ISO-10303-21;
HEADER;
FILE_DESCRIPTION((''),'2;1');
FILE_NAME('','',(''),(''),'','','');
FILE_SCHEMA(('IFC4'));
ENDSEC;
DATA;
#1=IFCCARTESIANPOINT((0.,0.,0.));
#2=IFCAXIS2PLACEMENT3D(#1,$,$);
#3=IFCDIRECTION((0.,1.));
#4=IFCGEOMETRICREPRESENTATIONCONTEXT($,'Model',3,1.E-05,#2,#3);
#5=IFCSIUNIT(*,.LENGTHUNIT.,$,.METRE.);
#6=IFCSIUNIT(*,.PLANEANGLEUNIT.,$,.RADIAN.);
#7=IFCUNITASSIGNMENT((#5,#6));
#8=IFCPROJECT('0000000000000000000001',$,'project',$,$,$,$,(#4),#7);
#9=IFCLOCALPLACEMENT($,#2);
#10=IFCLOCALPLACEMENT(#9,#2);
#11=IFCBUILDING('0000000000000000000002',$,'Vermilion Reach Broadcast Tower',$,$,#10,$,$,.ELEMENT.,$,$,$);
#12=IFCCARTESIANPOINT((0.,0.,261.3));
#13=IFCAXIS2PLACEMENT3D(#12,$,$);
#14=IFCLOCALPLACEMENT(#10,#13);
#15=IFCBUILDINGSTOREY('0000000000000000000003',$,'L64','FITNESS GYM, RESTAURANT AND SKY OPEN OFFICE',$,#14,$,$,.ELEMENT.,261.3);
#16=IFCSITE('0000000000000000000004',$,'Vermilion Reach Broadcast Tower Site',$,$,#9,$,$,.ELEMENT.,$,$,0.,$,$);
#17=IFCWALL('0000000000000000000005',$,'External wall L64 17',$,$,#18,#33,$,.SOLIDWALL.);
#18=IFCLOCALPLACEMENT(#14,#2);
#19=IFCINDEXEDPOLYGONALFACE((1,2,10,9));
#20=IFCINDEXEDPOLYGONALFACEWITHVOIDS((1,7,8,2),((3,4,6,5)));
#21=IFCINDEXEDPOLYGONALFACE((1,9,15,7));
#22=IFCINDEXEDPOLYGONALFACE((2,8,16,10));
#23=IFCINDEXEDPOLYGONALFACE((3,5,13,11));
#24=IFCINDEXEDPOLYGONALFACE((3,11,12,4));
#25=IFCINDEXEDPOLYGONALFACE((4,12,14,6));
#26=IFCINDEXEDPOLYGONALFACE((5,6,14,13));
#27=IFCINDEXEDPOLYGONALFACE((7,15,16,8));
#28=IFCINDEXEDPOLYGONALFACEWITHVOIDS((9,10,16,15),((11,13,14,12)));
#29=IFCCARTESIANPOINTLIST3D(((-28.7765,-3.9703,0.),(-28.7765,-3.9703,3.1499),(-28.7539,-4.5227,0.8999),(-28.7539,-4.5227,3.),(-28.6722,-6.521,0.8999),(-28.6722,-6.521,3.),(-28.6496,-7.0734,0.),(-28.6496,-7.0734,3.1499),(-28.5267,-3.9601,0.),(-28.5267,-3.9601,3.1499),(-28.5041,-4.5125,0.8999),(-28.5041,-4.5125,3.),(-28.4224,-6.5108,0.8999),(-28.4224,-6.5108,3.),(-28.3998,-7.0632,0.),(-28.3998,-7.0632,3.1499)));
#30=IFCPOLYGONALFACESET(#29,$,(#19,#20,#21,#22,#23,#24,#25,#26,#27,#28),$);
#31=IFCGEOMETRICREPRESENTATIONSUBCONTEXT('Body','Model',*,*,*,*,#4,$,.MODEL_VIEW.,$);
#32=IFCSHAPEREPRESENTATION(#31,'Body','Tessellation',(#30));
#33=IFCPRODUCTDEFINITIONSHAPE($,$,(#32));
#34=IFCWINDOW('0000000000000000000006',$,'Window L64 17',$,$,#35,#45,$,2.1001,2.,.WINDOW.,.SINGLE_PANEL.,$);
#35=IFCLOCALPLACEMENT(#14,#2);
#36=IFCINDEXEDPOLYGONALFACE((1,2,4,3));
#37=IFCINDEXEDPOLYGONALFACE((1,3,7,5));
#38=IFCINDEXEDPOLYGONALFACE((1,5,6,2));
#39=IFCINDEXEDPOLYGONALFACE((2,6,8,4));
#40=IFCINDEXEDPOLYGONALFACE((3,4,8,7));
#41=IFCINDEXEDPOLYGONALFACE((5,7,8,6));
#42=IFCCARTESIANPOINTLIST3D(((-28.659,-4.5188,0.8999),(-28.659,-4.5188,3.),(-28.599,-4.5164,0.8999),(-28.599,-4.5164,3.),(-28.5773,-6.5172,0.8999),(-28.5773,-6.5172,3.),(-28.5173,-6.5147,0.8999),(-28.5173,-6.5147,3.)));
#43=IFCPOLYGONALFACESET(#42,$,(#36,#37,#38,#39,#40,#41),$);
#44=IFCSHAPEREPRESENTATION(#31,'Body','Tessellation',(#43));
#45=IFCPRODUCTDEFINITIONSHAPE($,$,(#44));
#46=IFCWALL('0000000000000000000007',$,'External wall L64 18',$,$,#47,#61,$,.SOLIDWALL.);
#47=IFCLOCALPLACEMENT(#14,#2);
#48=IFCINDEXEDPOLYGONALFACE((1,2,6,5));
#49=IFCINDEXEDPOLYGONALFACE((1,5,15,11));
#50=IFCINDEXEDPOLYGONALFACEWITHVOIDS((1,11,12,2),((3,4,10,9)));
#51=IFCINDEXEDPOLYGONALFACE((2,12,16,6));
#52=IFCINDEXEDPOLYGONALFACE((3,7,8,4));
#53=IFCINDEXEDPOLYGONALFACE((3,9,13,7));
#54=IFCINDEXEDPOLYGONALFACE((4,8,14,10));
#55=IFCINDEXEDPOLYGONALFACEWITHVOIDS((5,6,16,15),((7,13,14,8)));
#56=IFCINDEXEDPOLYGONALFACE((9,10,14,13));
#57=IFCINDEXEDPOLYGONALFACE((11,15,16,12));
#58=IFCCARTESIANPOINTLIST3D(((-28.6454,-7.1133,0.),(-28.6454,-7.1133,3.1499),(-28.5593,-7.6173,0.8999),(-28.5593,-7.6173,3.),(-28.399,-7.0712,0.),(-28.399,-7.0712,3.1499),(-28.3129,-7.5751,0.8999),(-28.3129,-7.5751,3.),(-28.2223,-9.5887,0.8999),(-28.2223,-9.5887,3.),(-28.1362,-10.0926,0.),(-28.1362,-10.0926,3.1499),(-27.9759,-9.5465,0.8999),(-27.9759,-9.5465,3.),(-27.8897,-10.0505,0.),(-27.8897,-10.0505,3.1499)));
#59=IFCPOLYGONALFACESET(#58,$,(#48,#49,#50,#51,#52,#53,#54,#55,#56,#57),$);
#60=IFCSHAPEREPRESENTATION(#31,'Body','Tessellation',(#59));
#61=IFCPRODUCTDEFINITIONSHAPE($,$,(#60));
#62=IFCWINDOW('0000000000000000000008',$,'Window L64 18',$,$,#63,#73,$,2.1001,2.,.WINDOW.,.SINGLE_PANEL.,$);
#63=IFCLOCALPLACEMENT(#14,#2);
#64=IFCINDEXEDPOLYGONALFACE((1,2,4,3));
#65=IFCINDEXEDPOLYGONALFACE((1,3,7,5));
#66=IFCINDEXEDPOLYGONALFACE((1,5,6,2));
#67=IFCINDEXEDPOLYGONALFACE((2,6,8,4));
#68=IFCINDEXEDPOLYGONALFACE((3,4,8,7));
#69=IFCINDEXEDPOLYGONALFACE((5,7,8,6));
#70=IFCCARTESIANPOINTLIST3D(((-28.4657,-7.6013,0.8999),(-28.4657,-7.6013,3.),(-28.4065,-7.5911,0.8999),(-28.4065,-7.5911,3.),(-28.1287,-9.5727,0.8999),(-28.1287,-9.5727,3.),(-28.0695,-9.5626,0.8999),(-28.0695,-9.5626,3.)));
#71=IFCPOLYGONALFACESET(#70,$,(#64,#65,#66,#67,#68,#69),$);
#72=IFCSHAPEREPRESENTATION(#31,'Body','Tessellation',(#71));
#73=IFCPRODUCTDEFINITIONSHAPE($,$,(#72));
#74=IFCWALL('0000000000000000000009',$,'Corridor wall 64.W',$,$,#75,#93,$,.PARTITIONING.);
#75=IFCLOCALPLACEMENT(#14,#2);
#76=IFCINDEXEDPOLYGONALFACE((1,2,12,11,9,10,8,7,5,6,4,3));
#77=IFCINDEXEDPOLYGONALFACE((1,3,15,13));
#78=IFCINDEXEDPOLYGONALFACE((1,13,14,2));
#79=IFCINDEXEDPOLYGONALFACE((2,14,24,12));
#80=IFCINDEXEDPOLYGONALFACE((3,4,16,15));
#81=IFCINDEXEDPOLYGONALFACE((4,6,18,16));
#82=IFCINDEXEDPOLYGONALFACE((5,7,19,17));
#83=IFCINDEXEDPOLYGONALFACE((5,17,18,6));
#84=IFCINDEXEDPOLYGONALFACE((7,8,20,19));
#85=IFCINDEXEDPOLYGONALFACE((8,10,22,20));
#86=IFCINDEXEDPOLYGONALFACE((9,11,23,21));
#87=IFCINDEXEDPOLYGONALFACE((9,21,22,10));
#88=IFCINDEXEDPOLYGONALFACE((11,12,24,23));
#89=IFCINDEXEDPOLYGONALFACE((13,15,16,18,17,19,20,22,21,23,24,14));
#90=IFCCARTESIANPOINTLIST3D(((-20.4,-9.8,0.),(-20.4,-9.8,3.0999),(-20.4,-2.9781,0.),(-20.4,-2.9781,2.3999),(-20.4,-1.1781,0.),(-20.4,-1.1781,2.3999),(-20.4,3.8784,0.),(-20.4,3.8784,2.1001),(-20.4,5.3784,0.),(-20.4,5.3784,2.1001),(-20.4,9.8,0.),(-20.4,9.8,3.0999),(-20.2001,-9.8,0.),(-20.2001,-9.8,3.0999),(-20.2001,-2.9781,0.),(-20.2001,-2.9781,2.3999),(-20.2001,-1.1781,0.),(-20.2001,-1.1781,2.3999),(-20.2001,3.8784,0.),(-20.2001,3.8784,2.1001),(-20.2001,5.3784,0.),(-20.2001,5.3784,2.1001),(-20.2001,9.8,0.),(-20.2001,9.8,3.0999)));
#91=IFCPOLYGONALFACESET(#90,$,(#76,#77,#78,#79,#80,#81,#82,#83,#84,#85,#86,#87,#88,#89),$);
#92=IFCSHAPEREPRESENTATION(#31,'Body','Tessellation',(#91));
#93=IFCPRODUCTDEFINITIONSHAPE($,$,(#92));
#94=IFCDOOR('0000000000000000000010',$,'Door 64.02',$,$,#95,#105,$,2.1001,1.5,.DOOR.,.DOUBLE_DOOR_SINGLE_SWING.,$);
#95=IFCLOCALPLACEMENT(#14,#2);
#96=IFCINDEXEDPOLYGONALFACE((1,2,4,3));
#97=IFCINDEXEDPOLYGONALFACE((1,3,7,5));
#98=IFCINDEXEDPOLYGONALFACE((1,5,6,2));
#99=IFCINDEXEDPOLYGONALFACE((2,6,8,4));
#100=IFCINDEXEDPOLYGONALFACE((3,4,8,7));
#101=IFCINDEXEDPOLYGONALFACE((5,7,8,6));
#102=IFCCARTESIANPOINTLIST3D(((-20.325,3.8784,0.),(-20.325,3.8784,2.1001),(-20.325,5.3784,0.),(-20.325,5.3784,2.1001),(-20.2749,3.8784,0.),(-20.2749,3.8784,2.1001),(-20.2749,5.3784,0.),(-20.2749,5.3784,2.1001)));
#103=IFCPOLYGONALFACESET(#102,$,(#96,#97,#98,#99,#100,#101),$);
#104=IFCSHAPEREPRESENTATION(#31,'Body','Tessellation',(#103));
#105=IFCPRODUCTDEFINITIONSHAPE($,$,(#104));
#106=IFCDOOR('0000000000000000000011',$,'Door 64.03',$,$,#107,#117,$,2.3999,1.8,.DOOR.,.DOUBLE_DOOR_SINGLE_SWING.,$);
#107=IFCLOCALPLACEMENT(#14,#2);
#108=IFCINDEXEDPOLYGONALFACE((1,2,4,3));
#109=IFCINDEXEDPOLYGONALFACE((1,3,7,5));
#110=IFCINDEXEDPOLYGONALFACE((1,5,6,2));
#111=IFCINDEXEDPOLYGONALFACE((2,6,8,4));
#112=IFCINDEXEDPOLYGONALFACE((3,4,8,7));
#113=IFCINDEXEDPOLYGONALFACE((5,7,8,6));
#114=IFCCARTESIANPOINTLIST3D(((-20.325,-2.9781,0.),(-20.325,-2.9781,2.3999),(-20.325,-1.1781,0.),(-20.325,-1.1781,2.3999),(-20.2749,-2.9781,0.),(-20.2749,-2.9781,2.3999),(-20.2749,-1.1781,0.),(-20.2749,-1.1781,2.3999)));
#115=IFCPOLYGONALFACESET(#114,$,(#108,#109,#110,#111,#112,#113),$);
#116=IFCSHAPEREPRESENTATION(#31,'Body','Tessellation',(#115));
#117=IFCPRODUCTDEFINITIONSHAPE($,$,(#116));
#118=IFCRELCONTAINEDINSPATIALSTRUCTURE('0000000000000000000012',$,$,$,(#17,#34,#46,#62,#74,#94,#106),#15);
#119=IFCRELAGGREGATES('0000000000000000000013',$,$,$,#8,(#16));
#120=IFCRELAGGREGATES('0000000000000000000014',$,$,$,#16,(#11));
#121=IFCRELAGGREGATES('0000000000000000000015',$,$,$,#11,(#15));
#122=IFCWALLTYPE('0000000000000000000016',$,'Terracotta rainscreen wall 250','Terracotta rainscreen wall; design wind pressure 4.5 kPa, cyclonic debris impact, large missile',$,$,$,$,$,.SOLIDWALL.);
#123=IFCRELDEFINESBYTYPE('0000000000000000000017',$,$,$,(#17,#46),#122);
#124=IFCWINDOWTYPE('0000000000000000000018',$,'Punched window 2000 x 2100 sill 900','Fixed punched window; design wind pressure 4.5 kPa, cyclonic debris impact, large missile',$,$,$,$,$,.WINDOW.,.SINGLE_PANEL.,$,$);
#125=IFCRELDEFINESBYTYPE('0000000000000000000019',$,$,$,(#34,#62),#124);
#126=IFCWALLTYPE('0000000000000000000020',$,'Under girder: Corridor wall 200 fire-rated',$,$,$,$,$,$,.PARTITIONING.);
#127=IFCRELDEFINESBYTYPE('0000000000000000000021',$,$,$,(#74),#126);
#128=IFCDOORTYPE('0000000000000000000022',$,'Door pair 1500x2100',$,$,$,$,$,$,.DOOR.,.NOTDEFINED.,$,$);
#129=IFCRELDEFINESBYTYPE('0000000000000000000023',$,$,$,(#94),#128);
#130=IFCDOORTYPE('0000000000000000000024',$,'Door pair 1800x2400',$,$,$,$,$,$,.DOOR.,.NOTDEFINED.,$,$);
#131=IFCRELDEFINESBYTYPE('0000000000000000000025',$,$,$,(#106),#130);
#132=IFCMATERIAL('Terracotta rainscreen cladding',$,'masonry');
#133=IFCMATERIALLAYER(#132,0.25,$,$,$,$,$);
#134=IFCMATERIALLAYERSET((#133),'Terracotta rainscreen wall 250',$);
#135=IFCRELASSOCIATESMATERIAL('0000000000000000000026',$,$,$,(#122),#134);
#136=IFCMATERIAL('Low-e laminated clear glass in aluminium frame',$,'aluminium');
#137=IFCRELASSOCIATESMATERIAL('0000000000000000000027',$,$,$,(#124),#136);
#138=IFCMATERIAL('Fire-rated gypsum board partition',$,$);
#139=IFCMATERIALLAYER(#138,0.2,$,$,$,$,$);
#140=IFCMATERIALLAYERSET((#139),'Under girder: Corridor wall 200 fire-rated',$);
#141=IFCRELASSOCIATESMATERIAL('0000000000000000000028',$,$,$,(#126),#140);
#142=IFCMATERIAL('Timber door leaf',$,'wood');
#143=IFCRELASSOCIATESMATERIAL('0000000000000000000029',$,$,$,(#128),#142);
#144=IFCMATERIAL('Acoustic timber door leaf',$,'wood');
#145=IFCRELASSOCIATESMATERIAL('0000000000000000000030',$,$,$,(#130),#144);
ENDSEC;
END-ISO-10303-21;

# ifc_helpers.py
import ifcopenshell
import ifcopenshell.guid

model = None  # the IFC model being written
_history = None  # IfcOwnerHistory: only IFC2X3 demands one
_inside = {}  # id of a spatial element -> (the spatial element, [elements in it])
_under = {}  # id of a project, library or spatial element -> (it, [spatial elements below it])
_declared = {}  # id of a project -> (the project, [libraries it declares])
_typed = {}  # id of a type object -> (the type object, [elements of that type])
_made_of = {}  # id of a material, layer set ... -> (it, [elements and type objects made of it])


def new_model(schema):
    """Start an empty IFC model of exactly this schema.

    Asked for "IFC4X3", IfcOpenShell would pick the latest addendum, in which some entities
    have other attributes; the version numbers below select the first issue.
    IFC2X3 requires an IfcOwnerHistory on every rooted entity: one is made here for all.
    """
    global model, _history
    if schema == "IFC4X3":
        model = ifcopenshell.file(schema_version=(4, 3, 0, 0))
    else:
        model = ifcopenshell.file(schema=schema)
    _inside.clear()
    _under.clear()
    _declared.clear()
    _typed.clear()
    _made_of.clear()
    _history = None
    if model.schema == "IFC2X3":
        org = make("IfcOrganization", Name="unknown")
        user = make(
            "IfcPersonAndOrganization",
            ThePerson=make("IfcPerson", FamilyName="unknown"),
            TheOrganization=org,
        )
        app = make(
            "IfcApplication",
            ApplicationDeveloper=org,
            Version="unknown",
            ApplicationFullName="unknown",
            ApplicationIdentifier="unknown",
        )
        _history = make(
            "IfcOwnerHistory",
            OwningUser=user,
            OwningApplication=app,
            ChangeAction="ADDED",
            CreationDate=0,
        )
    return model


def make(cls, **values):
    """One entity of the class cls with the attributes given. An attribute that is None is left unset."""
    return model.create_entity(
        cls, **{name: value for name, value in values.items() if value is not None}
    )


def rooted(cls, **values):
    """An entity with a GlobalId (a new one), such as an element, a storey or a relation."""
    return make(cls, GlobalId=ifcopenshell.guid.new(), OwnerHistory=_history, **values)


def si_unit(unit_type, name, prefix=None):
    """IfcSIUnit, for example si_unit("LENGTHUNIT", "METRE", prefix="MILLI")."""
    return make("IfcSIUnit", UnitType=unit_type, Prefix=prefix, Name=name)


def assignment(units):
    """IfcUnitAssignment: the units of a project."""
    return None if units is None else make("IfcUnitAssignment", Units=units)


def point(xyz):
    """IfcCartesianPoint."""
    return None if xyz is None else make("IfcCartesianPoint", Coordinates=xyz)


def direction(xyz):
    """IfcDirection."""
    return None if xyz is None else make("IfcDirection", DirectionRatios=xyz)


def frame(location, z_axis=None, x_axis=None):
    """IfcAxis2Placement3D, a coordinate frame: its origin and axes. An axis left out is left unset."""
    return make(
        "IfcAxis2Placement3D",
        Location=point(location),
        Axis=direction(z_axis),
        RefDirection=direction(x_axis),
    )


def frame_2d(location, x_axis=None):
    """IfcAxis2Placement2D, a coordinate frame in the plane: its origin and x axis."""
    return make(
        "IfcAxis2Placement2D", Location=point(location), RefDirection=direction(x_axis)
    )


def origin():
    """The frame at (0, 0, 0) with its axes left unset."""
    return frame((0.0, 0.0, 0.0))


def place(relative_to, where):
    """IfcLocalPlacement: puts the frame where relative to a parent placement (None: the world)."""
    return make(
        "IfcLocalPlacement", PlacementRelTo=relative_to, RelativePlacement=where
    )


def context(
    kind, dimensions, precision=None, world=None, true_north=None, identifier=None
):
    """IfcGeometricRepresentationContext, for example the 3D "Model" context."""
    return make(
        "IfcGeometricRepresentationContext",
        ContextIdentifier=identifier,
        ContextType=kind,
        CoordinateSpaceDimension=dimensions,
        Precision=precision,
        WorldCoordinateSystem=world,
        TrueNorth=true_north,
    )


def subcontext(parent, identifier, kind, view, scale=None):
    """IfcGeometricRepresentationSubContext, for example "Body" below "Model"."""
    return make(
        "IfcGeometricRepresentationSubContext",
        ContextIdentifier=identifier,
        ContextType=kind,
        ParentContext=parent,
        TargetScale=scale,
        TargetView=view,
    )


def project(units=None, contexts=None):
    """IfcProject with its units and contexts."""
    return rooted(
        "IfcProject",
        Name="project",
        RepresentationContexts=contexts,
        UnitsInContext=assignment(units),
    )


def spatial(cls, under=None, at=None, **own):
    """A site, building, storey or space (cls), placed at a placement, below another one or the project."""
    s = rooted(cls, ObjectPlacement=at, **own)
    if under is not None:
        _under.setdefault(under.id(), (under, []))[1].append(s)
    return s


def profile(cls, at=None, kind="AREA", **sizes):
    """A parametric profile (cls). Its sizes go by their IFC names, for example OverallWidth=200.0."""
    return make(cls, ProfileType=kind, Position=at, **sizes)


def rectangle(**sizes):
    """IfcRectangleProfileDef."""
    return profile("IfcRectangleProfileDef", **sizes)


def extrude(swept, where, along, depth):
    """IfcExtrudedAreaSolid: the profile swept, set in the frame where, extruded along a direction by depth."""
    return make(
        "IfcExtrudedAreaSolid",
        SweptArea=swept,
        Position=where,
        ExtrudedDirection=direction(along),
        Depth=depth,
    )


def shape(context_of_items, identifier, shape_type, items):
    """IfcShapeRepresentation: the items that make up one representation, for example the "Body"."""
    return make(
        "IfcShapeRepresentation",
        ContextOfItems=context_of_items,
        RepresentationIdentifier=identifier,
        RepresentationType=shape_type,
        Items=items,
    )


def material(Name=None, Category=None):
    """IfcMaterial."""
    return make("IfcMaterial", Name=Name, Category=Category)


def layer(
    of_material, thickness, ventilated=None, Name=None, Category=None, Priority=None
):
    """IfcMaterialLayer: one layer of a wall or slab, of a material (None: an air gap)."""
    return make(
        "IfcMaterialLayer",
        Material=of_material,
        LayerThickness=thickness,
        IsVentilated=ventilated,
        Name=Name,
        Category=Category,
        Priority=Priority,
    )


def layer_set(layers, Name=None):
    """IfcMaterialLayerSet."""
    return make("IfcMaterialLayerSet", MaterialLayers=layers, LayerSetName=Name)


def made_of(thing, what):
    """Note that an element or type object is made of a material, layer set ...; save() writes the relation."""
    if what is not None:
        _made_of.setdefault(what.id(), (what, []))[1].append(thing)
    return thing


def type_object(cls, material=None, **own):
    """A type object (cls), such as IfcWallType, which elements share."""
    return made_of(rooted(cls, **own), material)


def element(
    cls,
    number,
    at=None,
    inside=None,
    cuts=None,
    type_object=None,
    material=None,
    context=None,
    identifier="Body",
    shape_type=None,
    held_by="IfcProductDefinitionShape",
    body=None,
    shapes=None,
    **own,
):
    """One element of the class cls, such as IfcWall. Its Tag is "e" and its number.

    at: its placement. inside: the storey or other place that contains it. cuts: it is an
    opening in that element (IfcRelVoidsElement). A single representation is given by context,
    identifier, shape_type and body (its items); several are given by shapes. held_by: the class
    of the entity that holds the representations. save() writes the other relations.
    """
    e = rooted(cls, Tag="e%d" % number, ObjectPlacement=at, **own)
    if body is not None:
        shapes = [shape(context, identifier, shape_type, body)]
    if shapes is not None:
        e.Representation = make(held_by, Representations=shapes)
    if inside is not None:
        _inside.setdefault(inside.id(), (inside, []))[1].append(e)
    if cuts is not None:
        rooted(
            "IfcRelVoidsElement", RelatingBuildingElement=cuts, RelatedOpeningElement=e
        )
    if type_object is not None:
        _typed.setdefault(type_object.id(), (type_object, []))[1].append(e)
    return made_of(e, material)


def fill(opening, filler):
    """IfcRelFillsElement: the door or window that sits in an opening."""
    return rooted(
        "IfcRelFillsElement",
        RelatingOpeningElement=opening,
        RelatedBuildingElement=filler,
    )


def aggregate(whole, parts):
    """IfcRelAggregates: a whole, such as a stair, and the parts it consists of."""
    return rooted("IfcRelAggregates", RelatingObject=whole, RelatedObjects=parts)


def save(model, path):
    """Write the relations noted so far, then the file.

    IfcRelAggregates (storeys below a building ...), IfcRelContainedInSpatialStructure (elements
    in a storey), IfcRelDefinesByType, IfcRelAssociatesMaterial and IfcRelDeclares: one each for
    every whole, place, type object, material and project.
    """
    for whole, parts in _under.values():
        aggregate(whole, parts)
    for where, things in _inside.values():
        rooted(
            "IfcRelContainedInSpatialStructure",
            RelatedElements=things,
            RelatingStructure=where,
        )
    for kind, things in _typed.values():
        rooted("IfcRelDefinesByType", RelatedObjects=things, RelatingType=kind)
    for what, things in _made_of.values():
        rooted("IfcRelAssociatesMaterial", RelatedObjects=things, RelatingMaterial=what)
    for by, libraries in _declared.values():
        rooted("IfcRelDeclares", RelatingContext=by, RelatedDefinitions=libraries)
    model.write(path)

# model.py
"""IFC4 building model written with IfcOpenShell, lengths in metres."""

from ifc_helpers import new_model, si_unit, direction, frame, frame_2d, origin, place, context, subcontext, project, spatial, rectangle, extrude, material, layer, layer_set, type_object, element, fill, save


model = new_model("IFC4")

# Units and contexts
model_context = context("Model", 3, precision=1e-05, world=origin(), true_north=direction((0.0, 1.0)))
body_context = subcontext(model_context, "Body", "Model", "MODEL_VIEW")
ifc_project = project(units=[si_unit("LENGTHUNIT", "METRE"), si_unit("PLANEANGLEUNIT", "RADIAN")], contexts=[model_context])

# Site, building, storey
site_placement = place(None, origin())
site = spatial("IfcSite", under=ifc_project, at=site_placement, Name="Vermilion Reach Broadcast Tower Site", CompositionType="ELEMENT", RefElevation=0.0)
building_placement = place(site_placement, origin())
building = spatial("IfcBuilding", under=site, at=building_placement, Name="Vermilion Reach Broadcast Tower", CompositionType="ELEMENT")
storey_placement = place(building_placement, frame((0.0, 0.0, 261.3)))
storey = spatial("IfcBuildingStorey", under=building, at=storey_placement, Name="L64", Description="FITNESS GYM, RESTAURANT AND SKY OPEN OFFICE", CompositionType="ELEMENT", Elevation=261.3)

# Shared definitions
ifc_material_1 = material(Name="Terracotta rainscreen cladding", Category="masonry")
ifc_layer_1 = layer(ifc_material_1, 0.25)
ifc_layer_set_1 = layer_set([ifc_layer_1], Name="Terracotta rainscreen wall 250")
wall_type_1 = type_object("IfcWallType", Name="Terracotta rainscreen wall 250", Description="Terracotta rainscreen wall; design wind pressure 4.5 kPa, cyclonic debris impact, large missile", PredefinedType="SOLIDWALL", material=ifc_layer_set_1)

# Walls, openings, windows
wall_1_placement = place(storey_placement, frame((-28.6516, -3.9653, 0.0), z_axis=(0.0, 0.0, 1.0), x_axis=(0.040878, -0.999164, 0.0)))
wall_1 = element("IfcWall", 1, at=wall_1_placement, inside=storey, type_object=wall_type_1, Name="External wall L64 17", PredefinedType="SOLIDWALL", context=body_context, shape_type="SweptSolid", body=[
    extrude(rectangle(XDim=3.1057, YDim=0.25, at=frame_2d((1.5527, 0.0))), origin(), (0.0, 0.0, 1.0), 3.1499),
])
opening_1_placement = place(wall_1_placement, frame((0.5527, 0.0, 0.8999)))
opening_1 = element("IfcOpeningElement", 2, at=opening_1_placement, cuts=wall_1, PredefinedType="OPENING", context=body_context, shape_type="SweptSolid", body=[
    extrude(rectangle(XDim=2.0, YDim=2.1001, at=frame_2d((1.0, 1.05))), frame((0.0, 0.135, 0.0), z_axis=(0.0, -1.0, 0.0), x_axis=(1.0, 0.0, 0.0)), (0.0, 0.0, 1.0), 0.27),
])
ifc_material_2 = material(Name="Low-e laminated clear glass in aluminium frame", Category="aluminium")
window_type = type_object("IfcWindowType", Name="Punched window 2000 x 2100 sill 900", Description="Fixed punched window; design wind pressure 4.5 kPa, cyclonic debris impact, large missile", PartitioningType="SINGLE_PANEL", PredefinedType="WINDOW", material=ifc_material_2)
window_1_placement = place(opening_1_placement, origin())
window_1 = element("IfcWindow", 3, at=window_1_placement, inside=storey, type_object=window_type, Name="Window L64 17", OverallHeight=2.1001, OverallWidth=2.0, PartitioningType="SINGLE_PANEL", PredefinedType="WINDOW", context=body_context, shape_type="SweptSolid", body=[
    extrude(rectangle(XDim=2.0, YDim=2.1001, at=frame_2d((1.0, 1.05))), frame((0.0, 0.03, 0.0), z_axis=(0.0, -1.0, 0.0), x_axis=(1.0, 0.0, 0.0)), (0.0, 0.0, 1.0), 0.0601),
])
fill(opening_1, window_1)
wall_2_placement = place(storey_placement, frame((-28.5222, -7.0923, 0.0), z_axis=(0.0, 0.0, 1.0), x_axis=(0.168497, -0.985702, 0.0)))
wall_2 = element("IfcWall", 4, at=wall_2_placement, inside=storey, type_object=wall_type_1, Name="External wall L64 18", PredefinedType="SOLIDWALL", context=body_context, shape_type="SweptSolid", body=[
    extrude(rectangle(XDim=3.0225, YDim=0.25, at=frame_2d((1.5112, 0.0))), origin(), (0.0, 0.0, 1.0), 3.1499),
])
opening_2_placement = place(wall_2_placement, frame((0.5112, 0.0, 0.8999)))
opening_2 = element("IfcOpeningElement", 5, at=opening_2_placement, cuts=wall_2, PredefinedType="OPENING", context=body_context, shape_type="SweptSolid", body=[
    extrude(rectangle(XDim=2.0, YDim=2.1001, at=frame_2d((1.0, 1.05))), frame((0.0, 0.135, 0.0), z_axis=(0.0, -1.0, 0.0), x_axis=(1.0, 0.0, 0.0)), (0.0, 0.0, 1.0), 0.27),
])
window_2_placement = place(opening_2_placement, origin())
window_2 = element("IfcWindow", 6, at=window_2_placement, inside=storey, type_object=window_type, Name="Window L64 18", OverallHeight=2.1001, OverallWidth=2.0, PartitioningType="SINGLE_PANEL", PredefinedType="WINDOW", context=body_context, shape_type="SweptSolid", body=[
    extrude(rectangle(XDim=2.0, YDim=2.1001, at=frame_2d((1.0, 1.05))), frame((0.0, 0.03, 0.0), z_axis=(0.0, -1.0, 0.0), x_axis=(1.0, 0.0, 0.0)), (0.0, 0.0, 1.0), 0.0601),
])
fill(opening_2, window_2)

# Wall, openings, doors
ifc_material_3 = material(Name="Fire-rated gypsum board partition")
ifc_layer_2 = layer(ifc_material_3, 0.2)
ifc_layer_set_2 = layer_set([ifc_layer_2], Name="Under girder: Corridor wall 200 fire-rated")
wall_type_2 = type_object("IfcWallType", Name="Under girder: Corridor wall 200 fire-rated", PredefinedType="PARTITIONING", material=ifc_layer_set_2)
wall_3_placement = place(storey_placement, frame((-20.3, -9.8, 0.0), z_axis=(0.0, 0.0, 1.0), x_axis=(0.0, 1.0, 0.0)))
wall_3 = element("IfcWall", 7, at=wall_3_placement, inside=storey, type_object=wall_type_2, Name="Corridor wall 64.W", PredefinedType="PARTITIONING", context=body_context, shape_type="SweptSolid", body=[
    extrude(rectangle(XDim=19.6001, YDim=0.2, at=frame_2d((9.8, 0.0))), origin(), (0.0, 0.0, 1.0), 3.0999),
])
opening_3_placement = place(wall_3_placement, frame((13.6785, 0.0, 0.0)))
opening_3 = element("IfcOpeningElement", 8, at=opening_3_placement, cuts=wall_3, PredefinedType="OPENING", context=body_context, shape_type="SweptSolid", body=[
    extrude(rectangle(XDim=1.5, YDim=2.1001, at=frame_2d((0.75, 1.05))), frame((0.0, 0.1099, 0.0), z_axis=(0.0, -1.0, 0.0), x_axis=(1.0, 0.0, 0.0)), (0.0, 0.0, 1.0), 0.22),
])
opening_4_placement = place(wall_3_placement, frame((6.822, 0.0, 0.0)))
opening_4 = element("IfcOpeningElement", 9, at=opening_4_placement, cuts=wall_3, PredefinedType="OPENING", context=body_context, shape_type="SweptSolid", body=[
    extrude(rectangle(XDim=1.8, YDim=2.3999, at=frame_2d((0.8999, 1.2))), frame((0.0, 0.1099, 0.0), z_axis=(0.0, -1.0, 0.0), x_axis=(1.0, 0.0, 0.0)), (0.0, 0.0, 1.0), 0.22),
])
ifc_material_4 = material(Name="Timber door leaf", Category="wood")
door_type_1 = type_object("IfcDoorType", Name="Door pair 1500x2100", OperationType="NOTDEFINED", PredefinedType="DOOR", material=ifc_material_4)
door_1_placement = place(opening_3_placement, origin())
door_1 = element("IfcDoor", 10, at=door_1_placement, inside=storey, type_object=door_type_1, Name="Door 64.02", OperationType="DOUBLE_DOOR_SINGLE_SWING", OverallHeight=2.1001, OverallWidth=1.5, PredefinedType="DOOR", context=body_context, shape_type="SweptSolid", body=[
    extrude(rectangle(XDim=1.5, YDim=2.1001, at=frame_2d((0.75, 1.05))), frame((0.0, 0.0249, 0.0), z_axis=(0.0, -1.0, 0.0), x_axis=(1.0, 0.0, 0.0)), (0.0, 0.0, 1.0), 0.05),
])
fill(opening_3, door_1)
ifc_material_5 = material(Name="Acoustic timber door leaf", Category="wood")
door_type_2 = type_object("IfcDoorType", Name="Door pair 1800x2400", OperationType="NOTDEFINED", PredefinedType="DOOR", material=ifc_material_5)
door_2_placement = place(opening_4_placement, origin())
door_2 = element("IfcDoor", 11, at=door_2_placement, inside=storey, type_object=door_type_2, Name="Door 64.03", OperationType="DOUBLE_DOOR_SINGLE_SWING", OverallHeight=2.3999, OverallWidth=1.8, PredefinedType="DOOR", context=body_context, shape_type="SweptSolid", body=[
    extrude(rectangle(XDim=1.8, YDim=2.3999, at=frame_2d((0.8999, 1.2))), frame((0.0, 0.0249, 0.0), z_axis=(0.0, -1.0, 0.0), x_axis=(1.0, 0.0, 0.0)), (0.0, 0.0, 1.0), 0.05),
])
fill(opening_4, door_2)

save(model, "model.ifc")
